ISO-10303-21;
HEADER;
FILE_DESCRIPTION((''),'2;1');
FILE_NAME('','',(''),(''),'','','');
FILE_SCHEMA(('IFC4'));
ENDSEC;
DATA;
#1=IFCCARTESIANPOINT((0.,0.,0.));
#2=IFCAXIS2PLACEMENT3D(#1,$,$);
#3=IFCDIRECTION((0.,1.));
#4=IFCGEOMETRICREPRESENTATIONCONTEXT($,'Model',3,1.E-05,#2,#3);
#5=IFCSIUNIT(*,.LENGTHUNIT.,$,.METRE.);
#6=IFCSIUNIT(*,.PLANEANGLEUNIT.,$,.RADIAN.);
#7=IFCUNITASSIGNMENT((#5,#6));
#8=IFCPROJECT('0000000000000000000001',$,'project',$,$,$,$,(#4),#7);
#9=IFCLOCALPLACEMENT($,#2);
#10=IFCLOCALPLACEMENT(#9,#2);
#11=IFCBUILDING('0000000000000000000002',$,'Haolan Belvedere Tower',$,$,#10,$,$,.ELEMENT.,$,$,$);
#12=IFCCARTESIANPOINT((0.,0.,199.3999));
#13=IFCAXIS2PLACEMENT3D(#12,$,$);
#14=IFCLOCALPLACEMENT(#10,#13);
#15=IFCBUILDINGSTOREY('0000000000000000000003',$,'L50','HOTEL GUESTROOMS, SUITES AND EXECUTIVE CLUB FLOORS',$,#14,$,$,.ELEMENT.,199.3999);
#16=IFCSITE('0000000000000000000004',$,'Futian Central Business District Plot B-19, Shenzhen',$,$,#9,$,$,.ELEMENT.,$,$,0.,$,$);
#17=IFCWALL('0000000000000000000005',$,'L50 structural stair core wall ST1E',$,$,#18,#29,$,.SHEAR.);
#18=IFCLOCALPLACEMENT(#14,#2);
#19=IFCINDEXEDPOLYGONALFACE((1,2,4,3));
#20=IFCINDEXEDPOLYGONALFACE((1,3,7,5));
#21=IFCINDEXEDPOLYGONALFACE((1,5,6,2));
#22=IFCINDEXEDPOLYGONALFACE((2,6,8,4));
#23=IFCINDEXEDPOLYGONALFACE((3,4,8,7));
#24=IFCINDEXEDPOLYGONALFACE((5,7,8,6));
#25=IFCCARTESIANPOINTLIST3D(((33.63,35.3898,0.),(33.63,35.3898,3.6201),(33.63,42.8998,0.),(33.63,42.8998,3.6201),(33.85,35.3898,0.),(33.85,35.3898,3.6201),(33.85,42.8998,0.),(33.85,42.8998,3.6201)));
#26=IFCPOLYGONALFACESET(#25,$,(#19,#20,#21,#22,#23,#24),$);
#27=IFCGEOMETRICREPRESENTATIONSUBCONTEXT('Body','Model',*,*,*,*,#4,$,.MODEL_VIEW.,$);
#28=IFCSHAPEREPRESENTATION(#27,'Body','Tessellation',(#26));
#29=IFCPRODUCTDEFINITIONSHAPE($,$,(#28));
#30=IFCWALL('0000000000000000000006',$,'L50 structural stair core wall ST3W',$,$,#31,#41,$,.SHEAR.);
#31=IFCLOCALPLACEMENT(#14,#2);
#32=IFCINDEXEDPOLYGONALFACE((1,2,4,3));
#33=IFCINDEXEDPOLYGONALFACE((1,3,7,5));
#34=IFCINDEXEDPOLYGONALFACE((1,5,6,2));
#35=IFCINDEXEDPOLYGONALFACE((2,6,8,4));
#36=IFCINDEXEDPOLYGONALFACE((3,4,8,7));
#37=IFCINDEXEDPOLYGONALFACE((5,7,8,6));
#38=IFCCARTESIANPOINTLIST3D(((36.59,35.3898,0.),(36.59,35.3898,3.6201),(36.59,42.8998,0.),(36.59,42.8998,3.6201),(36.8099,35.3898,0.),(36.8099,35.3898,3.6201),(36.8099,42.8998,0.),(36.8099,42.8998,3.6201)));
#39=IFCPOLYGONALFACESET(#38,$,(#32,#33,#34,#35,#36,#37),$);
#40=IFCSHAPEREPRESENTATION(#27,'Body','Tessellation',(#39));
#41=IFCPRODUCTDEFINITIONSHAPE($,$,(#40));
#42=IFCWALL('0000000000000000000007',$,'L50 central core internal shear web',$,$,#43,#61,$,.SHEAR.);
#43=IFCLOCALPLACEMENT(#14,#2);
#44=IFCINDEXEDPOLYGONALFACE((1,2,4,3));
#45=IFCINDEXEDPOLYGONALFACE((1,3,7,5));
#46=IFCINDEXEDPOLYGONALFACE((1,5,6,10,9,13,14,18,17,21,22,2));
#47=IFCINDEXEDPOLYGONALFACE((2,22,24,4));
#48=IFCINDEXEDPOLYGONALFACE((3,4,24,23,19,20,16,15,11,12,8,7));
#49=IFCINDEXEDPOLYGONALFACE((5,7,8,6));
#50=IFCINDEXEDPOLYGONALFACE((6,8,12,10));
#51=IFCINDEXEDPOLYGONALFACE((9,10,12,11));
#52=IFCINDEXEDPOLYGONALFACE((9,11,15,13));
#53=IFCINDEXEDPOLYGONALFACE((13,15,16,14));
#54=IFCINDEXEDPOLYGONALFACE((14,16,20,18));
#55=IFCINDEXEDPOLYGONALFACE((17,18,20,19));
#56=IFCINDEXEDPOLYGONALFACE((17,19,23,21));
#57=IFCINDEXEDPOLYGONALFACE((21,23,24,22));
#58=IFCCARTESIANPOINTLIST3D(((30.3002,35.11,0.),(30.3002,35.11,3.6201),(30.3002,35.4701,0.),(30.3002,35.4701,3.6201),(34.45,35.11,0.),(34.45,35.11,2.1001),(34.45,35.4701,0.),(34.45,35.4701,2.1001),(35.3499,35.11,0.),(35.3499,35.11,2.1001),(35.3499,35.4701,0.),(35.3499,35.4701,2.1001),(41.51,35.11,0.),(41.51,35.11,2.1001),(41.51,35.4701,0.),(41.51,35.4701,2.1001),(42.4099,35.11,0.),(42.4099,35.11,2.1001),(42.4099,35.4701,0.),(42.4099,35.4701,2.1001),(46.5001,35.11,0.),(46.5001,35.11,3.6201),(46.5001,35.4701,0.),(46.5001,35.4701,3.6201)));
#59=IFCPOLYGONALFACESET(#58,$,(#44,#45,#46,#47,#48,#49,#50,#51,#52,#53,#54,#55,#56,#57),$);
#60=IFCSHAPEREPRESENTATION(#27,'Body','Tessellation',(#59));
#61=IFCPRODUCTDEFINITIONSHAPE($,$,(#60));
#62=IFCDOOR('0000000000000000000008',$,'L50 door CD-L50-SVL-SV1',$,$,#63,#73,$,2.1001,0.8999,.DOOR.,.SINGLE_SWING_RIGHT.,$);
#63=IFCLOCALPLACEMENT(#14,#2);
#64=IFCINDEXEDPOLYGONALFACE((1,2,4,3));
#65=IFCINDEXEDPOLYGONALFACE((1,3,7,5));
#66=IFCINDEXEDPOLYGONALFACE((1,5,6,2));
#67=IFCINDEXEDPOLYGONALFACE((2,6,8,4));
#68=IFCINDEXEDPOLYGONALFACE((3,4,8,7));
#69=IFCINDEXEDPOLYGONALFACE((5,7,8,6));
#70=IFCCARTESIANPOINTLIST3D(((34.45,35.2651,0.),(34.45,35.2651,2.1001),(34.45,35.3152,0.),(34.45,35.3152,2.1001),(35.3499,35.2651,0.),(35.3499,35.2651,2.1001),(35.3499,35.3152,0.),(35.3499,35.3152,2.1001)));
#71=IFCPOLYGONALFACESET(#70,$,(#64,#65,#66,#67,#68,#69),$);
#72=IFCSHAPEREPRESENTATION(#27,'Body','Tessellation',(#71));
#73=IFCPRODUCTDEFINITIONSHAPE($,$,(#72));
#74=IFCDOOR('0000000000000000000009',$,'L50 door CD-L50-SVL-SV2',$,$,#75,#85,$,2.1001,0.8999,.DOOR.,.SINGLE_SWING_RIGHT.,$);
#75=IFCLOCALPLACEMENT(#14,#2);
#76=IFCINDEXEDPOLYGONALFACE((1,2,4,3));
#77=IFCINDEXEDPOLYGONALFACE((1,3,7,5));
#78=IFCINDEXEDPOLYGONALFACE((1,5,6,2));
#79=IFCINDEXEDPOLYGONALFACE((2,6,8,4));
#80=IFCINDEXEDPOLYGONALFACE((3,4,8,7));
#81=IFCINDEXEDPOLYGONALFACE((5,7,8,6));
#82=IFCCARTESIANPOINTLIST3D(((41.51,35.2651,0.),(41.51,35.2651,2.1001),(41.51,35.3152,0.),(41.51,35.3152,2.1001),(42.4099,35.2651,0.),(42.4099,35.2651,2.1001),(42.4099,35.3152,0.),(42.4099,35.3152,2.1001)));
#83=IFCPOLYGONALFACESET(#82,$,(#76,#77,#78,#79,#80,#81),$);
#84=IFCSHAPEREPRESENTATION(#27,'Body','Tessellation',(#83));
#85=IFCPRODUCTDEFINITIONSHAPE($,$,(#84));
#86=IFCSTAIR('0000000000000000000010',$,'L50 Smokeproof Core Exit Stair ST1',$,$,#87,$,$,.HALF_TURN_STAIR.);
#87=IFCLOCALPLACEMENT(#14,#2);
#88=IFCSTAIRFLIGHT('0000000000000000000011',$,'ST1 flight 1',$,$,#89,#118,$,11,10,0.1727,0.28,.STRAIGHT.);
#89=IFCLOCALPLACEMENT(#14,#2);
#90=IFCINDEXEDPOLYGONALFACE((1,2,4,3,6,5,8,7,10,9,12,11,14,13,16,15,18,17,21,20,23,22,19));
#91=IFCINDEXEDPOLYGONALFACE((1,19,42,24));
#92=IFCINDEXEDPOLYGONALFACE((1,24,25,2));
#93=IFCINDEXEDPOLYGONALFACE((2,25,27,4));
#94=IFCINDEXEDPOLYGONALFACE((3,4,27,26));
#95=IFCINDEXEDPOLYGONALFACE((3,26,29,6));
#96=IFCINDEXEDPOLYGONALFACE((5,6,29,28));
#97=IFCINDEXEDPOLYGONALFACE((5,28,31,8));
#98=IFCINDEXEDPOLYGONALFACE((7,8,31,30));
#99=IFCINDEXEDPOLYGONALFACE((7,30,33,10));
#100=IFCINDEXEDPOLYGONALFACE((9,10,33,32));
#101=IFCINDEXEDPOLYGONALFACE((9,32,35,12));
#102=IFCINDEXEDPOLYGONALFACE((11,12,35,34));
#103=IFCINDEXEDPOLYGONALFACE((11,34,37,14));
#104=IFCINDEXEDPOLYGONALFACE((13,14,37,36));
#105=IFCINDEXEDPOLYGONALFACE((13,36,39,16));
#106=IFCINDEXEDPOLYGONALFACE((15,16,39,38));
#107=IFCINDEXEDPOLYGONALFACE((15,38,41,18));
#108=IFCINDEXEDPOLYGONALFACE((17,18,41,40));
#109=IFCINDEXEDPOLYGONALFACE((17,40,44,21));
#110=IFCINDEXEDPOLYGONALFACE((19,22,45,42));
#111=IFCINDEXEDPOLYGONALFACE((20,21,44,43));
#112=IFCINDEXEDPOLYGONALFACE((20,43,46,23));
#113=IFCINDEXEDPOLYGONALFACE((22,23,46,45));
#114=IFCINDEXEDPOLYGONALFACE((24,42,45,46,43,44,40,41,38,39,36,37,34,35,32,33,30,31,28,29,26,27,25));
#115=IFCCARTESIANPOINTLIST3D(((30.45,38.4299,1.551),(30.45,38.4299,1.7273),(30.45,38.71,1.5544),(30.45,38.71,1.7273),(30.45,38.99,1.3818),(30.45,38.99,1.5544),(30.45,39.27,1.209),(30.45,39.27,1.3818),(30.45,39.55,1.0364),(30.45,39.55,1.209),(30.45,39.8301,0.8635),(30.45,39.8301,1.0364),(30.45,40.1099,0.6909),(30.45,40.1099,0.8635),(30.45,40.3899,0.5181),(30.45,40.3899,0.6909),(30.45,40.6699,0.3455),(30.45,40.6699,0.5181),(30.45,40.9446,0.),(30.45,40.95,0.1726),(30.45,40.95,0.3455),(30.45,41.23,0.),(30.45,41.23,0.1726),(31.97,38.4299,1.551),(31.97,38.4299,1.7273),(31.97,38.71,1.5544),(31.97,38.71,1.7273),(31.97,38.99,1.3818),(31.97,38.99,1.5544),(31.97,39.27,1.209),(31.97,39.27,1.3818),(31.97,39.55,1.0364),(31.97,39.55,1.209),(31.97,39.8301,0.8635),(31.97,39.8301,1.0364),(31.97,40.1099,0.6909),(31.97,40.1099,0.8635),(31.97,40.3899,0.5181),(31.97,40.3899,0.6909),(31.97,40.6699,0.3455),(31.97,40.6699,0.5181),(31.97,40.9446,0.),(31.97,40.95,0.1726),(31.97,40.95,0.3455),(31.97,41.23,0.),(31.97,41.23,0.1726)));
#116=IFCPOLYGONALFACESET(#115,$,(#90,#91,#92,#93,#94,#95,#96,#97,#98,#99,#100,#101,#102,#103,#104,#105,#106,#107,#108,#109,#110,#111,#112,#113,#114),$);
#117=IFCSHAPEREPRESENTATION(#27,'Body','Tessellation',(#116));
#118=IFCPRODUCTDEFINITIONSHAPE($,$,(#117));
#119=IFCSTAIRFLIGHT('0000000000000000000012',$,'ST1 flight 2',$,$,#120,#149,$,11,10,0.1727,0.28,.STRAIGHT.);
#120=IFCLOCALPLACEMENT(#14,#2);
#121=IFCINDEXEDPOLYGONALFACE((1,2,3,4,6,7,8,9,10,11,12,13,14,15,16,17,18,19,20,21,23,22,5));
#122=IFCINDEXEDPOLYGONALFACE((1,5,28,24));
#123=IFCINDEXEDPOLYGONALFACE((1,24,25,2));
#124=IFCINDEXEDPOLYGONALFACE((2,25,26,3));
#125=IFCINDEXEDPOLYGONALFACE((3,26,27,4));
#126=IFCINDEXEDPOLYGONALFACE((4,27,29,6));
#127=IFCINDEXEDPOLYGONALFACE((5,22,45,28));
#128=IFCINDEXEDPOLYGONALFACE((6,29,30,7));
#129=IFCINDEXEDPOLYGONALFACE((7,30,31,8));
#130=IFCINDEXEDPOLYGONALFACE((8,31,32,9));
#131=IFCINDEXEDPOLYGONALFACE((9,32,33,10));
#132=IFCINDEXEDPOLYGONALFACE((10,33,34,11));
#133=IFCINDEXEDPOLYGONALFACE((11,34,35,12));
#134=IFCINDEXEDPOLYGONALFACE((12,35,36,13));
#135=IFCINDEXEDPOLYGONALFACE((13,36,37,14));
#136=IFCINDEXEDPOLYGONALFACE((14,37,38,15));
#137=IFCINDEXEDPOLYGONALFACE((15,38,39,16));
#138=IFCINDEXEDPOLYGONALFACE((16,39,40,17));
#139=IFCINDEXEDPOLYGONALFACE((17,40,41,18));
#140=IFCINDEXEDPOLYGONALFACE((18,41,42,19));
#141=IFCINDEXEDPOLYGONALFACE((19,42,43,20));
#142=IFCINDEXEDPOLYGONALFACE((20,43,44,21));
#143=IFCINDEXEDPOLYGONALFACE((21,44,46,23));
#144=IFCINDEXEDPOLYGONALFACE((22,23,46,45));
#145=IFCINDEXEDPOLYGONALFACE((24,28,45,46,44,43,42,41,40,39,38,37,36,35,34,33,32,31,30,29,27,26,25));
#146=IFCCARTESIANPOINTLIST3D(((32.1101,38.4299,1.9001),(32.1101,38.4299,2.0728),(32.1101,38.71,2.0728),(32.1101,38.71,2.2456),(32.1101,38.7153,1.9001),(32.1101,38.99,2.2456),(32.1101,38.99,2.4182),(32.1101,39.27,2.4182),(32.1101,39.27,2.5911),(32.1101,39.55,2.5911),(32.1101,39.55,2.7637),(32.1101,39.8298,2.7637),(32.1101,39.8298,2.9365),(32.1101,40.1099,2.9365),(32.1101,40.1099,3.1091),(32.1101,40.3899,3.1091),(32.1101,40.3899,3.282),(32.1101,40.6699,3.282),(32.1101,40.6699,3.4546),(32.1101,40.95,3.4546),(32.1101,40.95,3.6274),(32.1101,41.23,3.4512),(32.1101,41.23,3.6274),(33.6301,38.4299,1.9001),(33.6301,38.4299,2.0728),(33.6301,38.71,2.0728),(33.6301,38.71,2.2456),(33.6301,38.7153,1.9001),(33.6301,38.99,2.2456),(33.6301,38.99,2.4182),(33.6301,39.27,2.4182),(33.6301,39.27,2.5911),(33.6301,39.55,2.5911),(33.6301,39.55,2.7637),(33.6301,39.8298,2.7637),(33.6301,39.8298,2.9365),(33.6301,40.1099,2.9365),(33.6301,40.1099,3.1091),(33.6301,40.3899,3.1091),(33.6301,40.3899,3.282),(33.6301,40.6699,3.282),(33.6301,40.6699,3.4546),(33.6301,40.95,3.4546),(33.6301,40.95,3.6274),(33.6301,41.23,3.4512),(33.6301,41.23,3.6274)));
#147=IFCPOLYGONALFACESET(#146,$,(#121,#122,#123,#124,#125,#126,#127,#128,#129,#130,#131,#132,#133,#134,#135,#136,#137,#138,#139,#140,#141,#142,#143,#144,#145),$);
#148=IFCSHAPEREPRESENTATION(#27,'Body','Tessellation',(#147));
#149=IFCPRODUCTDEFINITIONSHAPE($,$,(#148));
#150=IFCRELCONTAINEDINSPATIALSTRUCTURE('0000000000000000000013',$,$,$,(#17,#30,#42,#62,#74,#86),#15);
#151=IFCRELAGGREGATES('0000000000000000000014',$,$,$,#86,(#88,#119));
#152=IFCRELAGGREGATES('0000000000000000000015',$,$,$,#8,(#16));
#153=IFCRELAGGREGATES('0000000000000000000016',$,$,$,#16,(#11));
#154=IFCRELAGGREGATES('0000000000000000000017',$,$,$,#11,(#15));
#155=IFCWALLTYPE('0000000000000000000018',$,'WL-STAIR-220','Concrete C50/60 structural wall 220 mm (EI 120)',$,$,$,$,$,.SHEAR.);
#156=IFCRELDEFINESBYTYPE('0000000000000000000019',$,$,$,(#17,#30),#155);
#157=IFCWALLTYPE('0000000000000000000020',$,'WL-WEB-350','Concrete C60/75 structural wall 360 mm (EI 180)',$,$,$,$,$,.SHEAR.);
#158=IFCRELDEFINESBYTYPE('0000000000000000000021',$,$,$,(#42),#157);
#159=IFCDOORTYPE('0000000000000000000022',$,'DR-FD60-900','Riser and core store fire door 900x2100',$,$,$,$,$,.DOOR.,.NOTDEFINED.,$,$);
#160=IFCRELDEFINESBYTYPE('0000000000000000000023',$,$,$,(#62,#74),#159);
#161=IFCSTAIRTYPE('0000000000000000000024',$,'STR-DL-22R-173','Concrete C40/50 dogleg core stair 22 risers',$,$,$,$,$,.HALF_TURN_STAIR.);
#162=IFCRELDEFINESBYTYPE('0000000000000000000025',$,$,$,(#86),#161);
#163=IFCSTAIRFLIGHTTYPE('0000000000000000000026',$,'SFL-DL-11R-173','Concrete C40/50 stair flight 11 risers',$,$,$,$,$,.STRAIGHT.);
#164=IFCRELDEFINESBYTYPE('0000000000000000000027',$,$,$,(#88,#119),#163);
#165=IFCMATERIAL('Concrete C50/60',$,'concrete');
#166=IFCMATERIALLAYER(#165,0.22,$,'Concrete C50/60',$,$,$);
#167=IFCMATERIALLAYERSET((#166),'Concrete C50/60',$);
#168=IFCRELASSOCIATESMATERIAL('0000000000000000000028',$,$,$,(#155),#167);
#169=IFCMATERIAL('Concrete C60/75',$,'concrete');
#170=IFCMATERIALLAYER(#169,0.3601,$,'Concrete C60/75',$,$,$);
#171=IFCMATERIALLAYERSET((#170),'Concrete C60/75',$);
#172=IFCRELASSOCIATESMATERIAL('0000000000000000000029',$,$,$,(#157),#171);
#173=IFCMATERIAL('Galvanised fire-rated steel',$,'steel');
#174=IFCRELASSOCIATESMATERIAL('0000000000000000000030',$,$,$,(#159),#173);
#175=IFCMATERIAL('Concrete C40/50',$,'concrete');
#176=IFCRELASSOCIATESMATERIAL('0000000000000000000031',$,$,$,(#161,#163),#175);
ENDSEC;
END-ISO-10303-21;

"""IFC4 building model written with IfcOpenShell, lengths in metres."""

from ifc_helpers import new_model, si_unit, direction, frame, frame_2d, origin, place, context, subcontext, project, spatial, polyline, rectangle, outline, extrude, material, layer, layer_set, type_object, element, fill, aggregate, save


model = new_model("IFC4")

# Units and contexts
model_context = context("Model", 3, precision=1e-05, world=origin(), true_north=direction((0.0, 1.0)))
body_context = subcontext(model_context, "Body", "Model", "MODEL_VIEW")
ifc_project = project(units=[si_unit("LENGTHUNIT", "METRE"), si_unit("PLANEANGLEUNIT", "RADIAN")], contexts=[model_context])

# Site, building, storey
site_placement = place(None, origin())
site = spatial("IfcSite", under=ifc_project, at=site_placement, Name="Futian Central Business District Plot B-19, Shenzhen", CompositionType="ELEMENT", RefElevation=0.0)
building_placement = place(site_placement, origin())
building = spatial("IfcBuilding", under=site, at=building_placement, Name="Haolan Belvedere Tower", CompositionType="ELEMENT")
storey_placement = place(building_placement, frame((0.0, 0.0, 199.3999)))
storey = spatial("IfcBuildingStorey", under=building, at=storey_placement, Name="L50", Description="HOTEL GUESTROOMS, SUITES AND EXECUTIVE CLUB FLOORS", CompositionType="ELEMENT", Elevation=199.3999)

# Walls
ifc_material_1 = material(Name="Concrete C50/60", Category="concrete")
ifc_layer_1 = layer(ifc_material_1, 0.22, Name="Concrete C50/60")
ifc_layer_set_1 = layer_set([ifc_layer_1], Name="Concrete C50/60")
wall_type_1 = type_object("IfcWallType", Name="WL-STAIR-220", Description="Concrete C50/60 structural wall 220 mm (EI 120)", PredefinedType="SHEAR", material=ifc_layer_set_1)
for number, where, z_axis, x_axis, name in (
    (1, (33.74, 35.3899, 0.0), (0.0, 0.0, 1.0), (0.0, 1.0, 0.0), "L50 structural stair core wall ST1E"),
    (2, (36.7, 35.3899, 0.0), (0.0, 0.0, 1.0), (0.0, 1.0, 0.0), "L50 structural stair core wall ST3W"),
):
    element("IfcWall", number, at=place(storey_placement, frame(where, z_axis=z_axis, x_axis=x_axis)), inside=storey, type_object=wall_type_1, Name=name, PredefinedType="SHEAR", context=body_context, shape_type="SweptSolid", body=[
        extrude(rectangle(XDim=7.51, YDim=0.22, at=frame_2d((3.7549, 0.0))), origin(), (0.0, 0.0, 1.0), 3.6201),
    ])

# Wall, openings, doors
ifc_material_2 = material(Name="Concrete C60/75", Category="concrete")
ifc_layer_2 = layer(ifc_material_2, 0.3601, Name="Concrete C60/75")
ifc_layer_set_2 = layer_set([ifc_layer_2], Name="Concrete C60/75")
wall_type_2 = type_object("IfcWallType", Name="WL-WEB-350", Description="Concrete C60/75 structural wall 360 mm (EI 180)", PredefinedType="SHEAR", material=ifc_layer_set_2)
wall_1_placement = place(storey_placement, frame((30.3, 35.29, 0.0), z_axis=(0.0, 0.0, 1.0), x_axis=(1.0, 0.0, 0.0)))
wall_1 = element("IfcWall", 3, at=wall_1_placement, inside=storey, type_object=wall_type_2, Name="L50 central core internal shear web", PredefinedType="SHEAR", context=body_context, shape_type="SweptSolid", body=[
    extrude(rectangle(XDim=16.2, YDim=0.3601, at=frame_2d((8.1001, 0.0))), origin(), (0.0, 0.0, 1.0), 3.6201),
])
opening_1_placement = place(wall_1_placement, frame((5.0498, 0.0, 0.0), z_axis=(0.0, 0.0, 1.0), x_axis=(-1.0, 0.0, 0.0)))
opening_1 = element("IfcOpeningElement", 4, at=opening_1_placement, cuts=wall_1, PredefinedType="OPENING", context=body_context, shape_type="SweptSolid", body=[
    extrude(rectangle(XDim=0.8999, YDim=2.1001, at=frame_2d((0.45, 1.05))), frame((0.0, 0.1899, 0.0), z_axis=(0.0, -1.0, 0.0), x_axis=(1.0, 0.0, 0.0)), (0.0, 0.0, 1.0), 0.3801),
])
opening_2_placement = place(wall_1_placement, frame((12.1099, 0.0, 0.0), z_axis=(0.0, 0.0, 1.0), x_axis=(-1.0, 0.0, 0.0)))
opening_2 = element("IfcOpeningElement", 5, at=opening_2_placement, cuts=wall_1, PredefinedType="OPENING", context=body_context, shape_type="SweptSolid", body=[
    extrude(rectangle(XDim=0.8999, YDim=2.1001, at=frame_2d((0.45, 1.05))), frame((0.0, 0.1899, 0.0), z_axis=(0.0, -1.0, 0.0), x_axis=(1.0, 0.0, 0.0)), (0.0, 0.0, 1.0), 0.3801),
])
ifc_material_3 = material(Name="Galvanised fire-rated steel", Category="steel")
door_type_1 = type_object("IfcDoorType", Name="DR-FD60-900", Description="Riser and core store fire door 900x2100", OperationType="NOTDEFINED", PredefinedType="DOOR", material=ifc_material_3)
door_1_placement = place(opening_1_placement, origin())
door_1 = element("IfcDoor", 6, at=door_1_placement, inside=storey, type_object=door_type_1, Name="L50 door CD-L50-SVL-SV1", OperationType="SINGLE_SWING_RIGHT", OverallHeight=2.1001, OverallWidth=0.8999, PredefinedType="DOOR", context=body_context, shape_type="SweptSolid", body=[
    extrude(rectangle(XDim=0.8999, YDim=2.1001, at=frame_2d((0.45, 1.05))), frame((0.0, 0.0249, 0.0), z_axis=(0.0, -1.0, 0.0), x_axis=(1.0, 0.0, 0.0)), (0.0, 0.0, 1.0), 0.05),
])
fill(opening_1, door_1)
door_2_placement = place(opening_2_placement, origin())
door_2 = element("IfcDoor", 7, at=door_2_placement, inside=storey, type_object=door_type_1, Name="L50 door CD-L50-SVL-SV2", OperationType="SINGLE_SWING_RIGHT", OverallHeight=2.1001, OverallWidth=0.8999, PredefinedType="DOOR", context=body_context, shape_type="SweptSolid", body=[
    extrude(rectangle(XDim=0.8999, YDim=2.1001, at=frame_2d((0.45, 1.05))), frame((0.0, 0.0249, 0.0), z_axis=(0.0, -1.0, 0.0), x_axis=(1.0, 0.0, 0.0)), (0.0, 0.0, 1.0), 0.05),
])
fill(opening_2, door_2)

# Stair, stair flights
ifc_material_4 = material(Name="Concrete C40/50", Category="concrete")
stair_type = type_object("IfcStairType", Name="STR-DL-22R-173", Description="Concrete C40/50 dogleg core stair 22 risers", PredefinedType="HALF_TURN_STAIR", material=ifc_material_4)
stair_placement = place(storey_placement, origin())
stair = element("IfcStair", 8, at=stair_placement, inside=storey, type_object=stair_type, Name="L50 Smokeproof Core Exit Stair ST1", PredefinedType="HALF_TURN_STAIR")
stair_flight_type = type_object("IfcStairFlightType", Name="SFL-DL-11R-173", Description="Concrete C40/50 stair flight 11 risers", PredefinedType="STRAIGHT", material=ifc_material_4)
stair_flight_1_placement = place(storey_placement, frame((31.21, 41.23, 0.0), z_axis=(0.0, 0.0, 1.0), x_axis=(0.0, -1.0, 0.0)))
stair_flight_1 = element("IfcStairFlight", 9, at=stair_flight_1_placement, type_object=stair_flight_type, Name="ST1 flight 1", NumberOfRisers=11, NumberOfTreads=10, PredefinedType="STRAIGHT", RiserHeight=0.1727, TreadLength=0.28, context=body_context, shape_type="SweptSolid", body=[
    extrude(outline(polyline([(0.0, 0.0), (0.0, 0.1726), (0.28, 0.1726), (0.28, 0.3455), (0.5601, 0.3455), (0.5601, 0.5181), (0.8401, 0.5181), (0.8401, 0.6909), (1.1201, 0.6909), (1.1201, 0.8635), (1.3999, 0.8635), (1.3999, 1.0364), (1.6799, 1.0364), (1.6799, 1.209), (1.96, 1.209), (1.96, 1.3818), (2.24, 1.3818), (2.24, 1.5544), (2.52, 1.5544), (2.52, 1.7273), (2.8, 1.7273), (2.8, 1.8999), (2.8, 1.551), (0.2854, 0.0), (0.0, 0.0)])), frame((0.0, 0.76, 0.0), z_axis=(0.0, -1.0, 0.0), x_axis=(1.0, 0.0, 0.0)), (0.0, 0.0, 1.0), 1.52),
])
stair_flight_2_placement = place(storey_placement, frame((32.8701, 38.4299, 1.9001), z_axis=(0.0, 0.0, 1.0), x_axis=(0.0, 1.0, 0.0)))
stair_flight_2 = element("IfcStairFlight", 10, at=stair_flight_2_placement, type_object=stair_flight_type, Name="ST1 flight 2", NumberOfRisers=11, NumberOfTreads=10, PredefinedType="STRAIGHT", RiserHeight=0.1727, TreadLength=0.28, context=body_context, shape_type="SweptSolid", body=[
    extrude(outline(polyline([(0.0, 0.0), (0.0, 0.1726), (0.28, 0.1726), (0.28, 0.3455), (0.5601, 0.3455), (0.5601, 0.5181), (0.8401, 0.5181), (0.8401, 0.6909), (1.1201, 0.6909), (1.1201, 0.8635), (1.3999, 0.8635), (1.3999, 1.0364), (1.6799, 1.0364), (1.6799, 1.209), (1.96, 1.209), (1.96, 1.3818), (2.24, 1.3818), (2.24, 1.5544), (2.52, 1.5544), (2.52, 1.7273), (2.8, 1.7273), (2.8, 1.8999), (2.8, 1.551), (0.2854, 0.0), (0.0, 0.0)])), frame((0.0, 0.76, 0.0), z_axis=(0.0, -1.0, 0.0), x_axis=(1.0, 0.0, 0.0)), (0.0, 0.0, 1.0), 1.52),
])
aggregate(stair, [stair_flight_1, stair_flight_2])

save(model, "model.ifc")
